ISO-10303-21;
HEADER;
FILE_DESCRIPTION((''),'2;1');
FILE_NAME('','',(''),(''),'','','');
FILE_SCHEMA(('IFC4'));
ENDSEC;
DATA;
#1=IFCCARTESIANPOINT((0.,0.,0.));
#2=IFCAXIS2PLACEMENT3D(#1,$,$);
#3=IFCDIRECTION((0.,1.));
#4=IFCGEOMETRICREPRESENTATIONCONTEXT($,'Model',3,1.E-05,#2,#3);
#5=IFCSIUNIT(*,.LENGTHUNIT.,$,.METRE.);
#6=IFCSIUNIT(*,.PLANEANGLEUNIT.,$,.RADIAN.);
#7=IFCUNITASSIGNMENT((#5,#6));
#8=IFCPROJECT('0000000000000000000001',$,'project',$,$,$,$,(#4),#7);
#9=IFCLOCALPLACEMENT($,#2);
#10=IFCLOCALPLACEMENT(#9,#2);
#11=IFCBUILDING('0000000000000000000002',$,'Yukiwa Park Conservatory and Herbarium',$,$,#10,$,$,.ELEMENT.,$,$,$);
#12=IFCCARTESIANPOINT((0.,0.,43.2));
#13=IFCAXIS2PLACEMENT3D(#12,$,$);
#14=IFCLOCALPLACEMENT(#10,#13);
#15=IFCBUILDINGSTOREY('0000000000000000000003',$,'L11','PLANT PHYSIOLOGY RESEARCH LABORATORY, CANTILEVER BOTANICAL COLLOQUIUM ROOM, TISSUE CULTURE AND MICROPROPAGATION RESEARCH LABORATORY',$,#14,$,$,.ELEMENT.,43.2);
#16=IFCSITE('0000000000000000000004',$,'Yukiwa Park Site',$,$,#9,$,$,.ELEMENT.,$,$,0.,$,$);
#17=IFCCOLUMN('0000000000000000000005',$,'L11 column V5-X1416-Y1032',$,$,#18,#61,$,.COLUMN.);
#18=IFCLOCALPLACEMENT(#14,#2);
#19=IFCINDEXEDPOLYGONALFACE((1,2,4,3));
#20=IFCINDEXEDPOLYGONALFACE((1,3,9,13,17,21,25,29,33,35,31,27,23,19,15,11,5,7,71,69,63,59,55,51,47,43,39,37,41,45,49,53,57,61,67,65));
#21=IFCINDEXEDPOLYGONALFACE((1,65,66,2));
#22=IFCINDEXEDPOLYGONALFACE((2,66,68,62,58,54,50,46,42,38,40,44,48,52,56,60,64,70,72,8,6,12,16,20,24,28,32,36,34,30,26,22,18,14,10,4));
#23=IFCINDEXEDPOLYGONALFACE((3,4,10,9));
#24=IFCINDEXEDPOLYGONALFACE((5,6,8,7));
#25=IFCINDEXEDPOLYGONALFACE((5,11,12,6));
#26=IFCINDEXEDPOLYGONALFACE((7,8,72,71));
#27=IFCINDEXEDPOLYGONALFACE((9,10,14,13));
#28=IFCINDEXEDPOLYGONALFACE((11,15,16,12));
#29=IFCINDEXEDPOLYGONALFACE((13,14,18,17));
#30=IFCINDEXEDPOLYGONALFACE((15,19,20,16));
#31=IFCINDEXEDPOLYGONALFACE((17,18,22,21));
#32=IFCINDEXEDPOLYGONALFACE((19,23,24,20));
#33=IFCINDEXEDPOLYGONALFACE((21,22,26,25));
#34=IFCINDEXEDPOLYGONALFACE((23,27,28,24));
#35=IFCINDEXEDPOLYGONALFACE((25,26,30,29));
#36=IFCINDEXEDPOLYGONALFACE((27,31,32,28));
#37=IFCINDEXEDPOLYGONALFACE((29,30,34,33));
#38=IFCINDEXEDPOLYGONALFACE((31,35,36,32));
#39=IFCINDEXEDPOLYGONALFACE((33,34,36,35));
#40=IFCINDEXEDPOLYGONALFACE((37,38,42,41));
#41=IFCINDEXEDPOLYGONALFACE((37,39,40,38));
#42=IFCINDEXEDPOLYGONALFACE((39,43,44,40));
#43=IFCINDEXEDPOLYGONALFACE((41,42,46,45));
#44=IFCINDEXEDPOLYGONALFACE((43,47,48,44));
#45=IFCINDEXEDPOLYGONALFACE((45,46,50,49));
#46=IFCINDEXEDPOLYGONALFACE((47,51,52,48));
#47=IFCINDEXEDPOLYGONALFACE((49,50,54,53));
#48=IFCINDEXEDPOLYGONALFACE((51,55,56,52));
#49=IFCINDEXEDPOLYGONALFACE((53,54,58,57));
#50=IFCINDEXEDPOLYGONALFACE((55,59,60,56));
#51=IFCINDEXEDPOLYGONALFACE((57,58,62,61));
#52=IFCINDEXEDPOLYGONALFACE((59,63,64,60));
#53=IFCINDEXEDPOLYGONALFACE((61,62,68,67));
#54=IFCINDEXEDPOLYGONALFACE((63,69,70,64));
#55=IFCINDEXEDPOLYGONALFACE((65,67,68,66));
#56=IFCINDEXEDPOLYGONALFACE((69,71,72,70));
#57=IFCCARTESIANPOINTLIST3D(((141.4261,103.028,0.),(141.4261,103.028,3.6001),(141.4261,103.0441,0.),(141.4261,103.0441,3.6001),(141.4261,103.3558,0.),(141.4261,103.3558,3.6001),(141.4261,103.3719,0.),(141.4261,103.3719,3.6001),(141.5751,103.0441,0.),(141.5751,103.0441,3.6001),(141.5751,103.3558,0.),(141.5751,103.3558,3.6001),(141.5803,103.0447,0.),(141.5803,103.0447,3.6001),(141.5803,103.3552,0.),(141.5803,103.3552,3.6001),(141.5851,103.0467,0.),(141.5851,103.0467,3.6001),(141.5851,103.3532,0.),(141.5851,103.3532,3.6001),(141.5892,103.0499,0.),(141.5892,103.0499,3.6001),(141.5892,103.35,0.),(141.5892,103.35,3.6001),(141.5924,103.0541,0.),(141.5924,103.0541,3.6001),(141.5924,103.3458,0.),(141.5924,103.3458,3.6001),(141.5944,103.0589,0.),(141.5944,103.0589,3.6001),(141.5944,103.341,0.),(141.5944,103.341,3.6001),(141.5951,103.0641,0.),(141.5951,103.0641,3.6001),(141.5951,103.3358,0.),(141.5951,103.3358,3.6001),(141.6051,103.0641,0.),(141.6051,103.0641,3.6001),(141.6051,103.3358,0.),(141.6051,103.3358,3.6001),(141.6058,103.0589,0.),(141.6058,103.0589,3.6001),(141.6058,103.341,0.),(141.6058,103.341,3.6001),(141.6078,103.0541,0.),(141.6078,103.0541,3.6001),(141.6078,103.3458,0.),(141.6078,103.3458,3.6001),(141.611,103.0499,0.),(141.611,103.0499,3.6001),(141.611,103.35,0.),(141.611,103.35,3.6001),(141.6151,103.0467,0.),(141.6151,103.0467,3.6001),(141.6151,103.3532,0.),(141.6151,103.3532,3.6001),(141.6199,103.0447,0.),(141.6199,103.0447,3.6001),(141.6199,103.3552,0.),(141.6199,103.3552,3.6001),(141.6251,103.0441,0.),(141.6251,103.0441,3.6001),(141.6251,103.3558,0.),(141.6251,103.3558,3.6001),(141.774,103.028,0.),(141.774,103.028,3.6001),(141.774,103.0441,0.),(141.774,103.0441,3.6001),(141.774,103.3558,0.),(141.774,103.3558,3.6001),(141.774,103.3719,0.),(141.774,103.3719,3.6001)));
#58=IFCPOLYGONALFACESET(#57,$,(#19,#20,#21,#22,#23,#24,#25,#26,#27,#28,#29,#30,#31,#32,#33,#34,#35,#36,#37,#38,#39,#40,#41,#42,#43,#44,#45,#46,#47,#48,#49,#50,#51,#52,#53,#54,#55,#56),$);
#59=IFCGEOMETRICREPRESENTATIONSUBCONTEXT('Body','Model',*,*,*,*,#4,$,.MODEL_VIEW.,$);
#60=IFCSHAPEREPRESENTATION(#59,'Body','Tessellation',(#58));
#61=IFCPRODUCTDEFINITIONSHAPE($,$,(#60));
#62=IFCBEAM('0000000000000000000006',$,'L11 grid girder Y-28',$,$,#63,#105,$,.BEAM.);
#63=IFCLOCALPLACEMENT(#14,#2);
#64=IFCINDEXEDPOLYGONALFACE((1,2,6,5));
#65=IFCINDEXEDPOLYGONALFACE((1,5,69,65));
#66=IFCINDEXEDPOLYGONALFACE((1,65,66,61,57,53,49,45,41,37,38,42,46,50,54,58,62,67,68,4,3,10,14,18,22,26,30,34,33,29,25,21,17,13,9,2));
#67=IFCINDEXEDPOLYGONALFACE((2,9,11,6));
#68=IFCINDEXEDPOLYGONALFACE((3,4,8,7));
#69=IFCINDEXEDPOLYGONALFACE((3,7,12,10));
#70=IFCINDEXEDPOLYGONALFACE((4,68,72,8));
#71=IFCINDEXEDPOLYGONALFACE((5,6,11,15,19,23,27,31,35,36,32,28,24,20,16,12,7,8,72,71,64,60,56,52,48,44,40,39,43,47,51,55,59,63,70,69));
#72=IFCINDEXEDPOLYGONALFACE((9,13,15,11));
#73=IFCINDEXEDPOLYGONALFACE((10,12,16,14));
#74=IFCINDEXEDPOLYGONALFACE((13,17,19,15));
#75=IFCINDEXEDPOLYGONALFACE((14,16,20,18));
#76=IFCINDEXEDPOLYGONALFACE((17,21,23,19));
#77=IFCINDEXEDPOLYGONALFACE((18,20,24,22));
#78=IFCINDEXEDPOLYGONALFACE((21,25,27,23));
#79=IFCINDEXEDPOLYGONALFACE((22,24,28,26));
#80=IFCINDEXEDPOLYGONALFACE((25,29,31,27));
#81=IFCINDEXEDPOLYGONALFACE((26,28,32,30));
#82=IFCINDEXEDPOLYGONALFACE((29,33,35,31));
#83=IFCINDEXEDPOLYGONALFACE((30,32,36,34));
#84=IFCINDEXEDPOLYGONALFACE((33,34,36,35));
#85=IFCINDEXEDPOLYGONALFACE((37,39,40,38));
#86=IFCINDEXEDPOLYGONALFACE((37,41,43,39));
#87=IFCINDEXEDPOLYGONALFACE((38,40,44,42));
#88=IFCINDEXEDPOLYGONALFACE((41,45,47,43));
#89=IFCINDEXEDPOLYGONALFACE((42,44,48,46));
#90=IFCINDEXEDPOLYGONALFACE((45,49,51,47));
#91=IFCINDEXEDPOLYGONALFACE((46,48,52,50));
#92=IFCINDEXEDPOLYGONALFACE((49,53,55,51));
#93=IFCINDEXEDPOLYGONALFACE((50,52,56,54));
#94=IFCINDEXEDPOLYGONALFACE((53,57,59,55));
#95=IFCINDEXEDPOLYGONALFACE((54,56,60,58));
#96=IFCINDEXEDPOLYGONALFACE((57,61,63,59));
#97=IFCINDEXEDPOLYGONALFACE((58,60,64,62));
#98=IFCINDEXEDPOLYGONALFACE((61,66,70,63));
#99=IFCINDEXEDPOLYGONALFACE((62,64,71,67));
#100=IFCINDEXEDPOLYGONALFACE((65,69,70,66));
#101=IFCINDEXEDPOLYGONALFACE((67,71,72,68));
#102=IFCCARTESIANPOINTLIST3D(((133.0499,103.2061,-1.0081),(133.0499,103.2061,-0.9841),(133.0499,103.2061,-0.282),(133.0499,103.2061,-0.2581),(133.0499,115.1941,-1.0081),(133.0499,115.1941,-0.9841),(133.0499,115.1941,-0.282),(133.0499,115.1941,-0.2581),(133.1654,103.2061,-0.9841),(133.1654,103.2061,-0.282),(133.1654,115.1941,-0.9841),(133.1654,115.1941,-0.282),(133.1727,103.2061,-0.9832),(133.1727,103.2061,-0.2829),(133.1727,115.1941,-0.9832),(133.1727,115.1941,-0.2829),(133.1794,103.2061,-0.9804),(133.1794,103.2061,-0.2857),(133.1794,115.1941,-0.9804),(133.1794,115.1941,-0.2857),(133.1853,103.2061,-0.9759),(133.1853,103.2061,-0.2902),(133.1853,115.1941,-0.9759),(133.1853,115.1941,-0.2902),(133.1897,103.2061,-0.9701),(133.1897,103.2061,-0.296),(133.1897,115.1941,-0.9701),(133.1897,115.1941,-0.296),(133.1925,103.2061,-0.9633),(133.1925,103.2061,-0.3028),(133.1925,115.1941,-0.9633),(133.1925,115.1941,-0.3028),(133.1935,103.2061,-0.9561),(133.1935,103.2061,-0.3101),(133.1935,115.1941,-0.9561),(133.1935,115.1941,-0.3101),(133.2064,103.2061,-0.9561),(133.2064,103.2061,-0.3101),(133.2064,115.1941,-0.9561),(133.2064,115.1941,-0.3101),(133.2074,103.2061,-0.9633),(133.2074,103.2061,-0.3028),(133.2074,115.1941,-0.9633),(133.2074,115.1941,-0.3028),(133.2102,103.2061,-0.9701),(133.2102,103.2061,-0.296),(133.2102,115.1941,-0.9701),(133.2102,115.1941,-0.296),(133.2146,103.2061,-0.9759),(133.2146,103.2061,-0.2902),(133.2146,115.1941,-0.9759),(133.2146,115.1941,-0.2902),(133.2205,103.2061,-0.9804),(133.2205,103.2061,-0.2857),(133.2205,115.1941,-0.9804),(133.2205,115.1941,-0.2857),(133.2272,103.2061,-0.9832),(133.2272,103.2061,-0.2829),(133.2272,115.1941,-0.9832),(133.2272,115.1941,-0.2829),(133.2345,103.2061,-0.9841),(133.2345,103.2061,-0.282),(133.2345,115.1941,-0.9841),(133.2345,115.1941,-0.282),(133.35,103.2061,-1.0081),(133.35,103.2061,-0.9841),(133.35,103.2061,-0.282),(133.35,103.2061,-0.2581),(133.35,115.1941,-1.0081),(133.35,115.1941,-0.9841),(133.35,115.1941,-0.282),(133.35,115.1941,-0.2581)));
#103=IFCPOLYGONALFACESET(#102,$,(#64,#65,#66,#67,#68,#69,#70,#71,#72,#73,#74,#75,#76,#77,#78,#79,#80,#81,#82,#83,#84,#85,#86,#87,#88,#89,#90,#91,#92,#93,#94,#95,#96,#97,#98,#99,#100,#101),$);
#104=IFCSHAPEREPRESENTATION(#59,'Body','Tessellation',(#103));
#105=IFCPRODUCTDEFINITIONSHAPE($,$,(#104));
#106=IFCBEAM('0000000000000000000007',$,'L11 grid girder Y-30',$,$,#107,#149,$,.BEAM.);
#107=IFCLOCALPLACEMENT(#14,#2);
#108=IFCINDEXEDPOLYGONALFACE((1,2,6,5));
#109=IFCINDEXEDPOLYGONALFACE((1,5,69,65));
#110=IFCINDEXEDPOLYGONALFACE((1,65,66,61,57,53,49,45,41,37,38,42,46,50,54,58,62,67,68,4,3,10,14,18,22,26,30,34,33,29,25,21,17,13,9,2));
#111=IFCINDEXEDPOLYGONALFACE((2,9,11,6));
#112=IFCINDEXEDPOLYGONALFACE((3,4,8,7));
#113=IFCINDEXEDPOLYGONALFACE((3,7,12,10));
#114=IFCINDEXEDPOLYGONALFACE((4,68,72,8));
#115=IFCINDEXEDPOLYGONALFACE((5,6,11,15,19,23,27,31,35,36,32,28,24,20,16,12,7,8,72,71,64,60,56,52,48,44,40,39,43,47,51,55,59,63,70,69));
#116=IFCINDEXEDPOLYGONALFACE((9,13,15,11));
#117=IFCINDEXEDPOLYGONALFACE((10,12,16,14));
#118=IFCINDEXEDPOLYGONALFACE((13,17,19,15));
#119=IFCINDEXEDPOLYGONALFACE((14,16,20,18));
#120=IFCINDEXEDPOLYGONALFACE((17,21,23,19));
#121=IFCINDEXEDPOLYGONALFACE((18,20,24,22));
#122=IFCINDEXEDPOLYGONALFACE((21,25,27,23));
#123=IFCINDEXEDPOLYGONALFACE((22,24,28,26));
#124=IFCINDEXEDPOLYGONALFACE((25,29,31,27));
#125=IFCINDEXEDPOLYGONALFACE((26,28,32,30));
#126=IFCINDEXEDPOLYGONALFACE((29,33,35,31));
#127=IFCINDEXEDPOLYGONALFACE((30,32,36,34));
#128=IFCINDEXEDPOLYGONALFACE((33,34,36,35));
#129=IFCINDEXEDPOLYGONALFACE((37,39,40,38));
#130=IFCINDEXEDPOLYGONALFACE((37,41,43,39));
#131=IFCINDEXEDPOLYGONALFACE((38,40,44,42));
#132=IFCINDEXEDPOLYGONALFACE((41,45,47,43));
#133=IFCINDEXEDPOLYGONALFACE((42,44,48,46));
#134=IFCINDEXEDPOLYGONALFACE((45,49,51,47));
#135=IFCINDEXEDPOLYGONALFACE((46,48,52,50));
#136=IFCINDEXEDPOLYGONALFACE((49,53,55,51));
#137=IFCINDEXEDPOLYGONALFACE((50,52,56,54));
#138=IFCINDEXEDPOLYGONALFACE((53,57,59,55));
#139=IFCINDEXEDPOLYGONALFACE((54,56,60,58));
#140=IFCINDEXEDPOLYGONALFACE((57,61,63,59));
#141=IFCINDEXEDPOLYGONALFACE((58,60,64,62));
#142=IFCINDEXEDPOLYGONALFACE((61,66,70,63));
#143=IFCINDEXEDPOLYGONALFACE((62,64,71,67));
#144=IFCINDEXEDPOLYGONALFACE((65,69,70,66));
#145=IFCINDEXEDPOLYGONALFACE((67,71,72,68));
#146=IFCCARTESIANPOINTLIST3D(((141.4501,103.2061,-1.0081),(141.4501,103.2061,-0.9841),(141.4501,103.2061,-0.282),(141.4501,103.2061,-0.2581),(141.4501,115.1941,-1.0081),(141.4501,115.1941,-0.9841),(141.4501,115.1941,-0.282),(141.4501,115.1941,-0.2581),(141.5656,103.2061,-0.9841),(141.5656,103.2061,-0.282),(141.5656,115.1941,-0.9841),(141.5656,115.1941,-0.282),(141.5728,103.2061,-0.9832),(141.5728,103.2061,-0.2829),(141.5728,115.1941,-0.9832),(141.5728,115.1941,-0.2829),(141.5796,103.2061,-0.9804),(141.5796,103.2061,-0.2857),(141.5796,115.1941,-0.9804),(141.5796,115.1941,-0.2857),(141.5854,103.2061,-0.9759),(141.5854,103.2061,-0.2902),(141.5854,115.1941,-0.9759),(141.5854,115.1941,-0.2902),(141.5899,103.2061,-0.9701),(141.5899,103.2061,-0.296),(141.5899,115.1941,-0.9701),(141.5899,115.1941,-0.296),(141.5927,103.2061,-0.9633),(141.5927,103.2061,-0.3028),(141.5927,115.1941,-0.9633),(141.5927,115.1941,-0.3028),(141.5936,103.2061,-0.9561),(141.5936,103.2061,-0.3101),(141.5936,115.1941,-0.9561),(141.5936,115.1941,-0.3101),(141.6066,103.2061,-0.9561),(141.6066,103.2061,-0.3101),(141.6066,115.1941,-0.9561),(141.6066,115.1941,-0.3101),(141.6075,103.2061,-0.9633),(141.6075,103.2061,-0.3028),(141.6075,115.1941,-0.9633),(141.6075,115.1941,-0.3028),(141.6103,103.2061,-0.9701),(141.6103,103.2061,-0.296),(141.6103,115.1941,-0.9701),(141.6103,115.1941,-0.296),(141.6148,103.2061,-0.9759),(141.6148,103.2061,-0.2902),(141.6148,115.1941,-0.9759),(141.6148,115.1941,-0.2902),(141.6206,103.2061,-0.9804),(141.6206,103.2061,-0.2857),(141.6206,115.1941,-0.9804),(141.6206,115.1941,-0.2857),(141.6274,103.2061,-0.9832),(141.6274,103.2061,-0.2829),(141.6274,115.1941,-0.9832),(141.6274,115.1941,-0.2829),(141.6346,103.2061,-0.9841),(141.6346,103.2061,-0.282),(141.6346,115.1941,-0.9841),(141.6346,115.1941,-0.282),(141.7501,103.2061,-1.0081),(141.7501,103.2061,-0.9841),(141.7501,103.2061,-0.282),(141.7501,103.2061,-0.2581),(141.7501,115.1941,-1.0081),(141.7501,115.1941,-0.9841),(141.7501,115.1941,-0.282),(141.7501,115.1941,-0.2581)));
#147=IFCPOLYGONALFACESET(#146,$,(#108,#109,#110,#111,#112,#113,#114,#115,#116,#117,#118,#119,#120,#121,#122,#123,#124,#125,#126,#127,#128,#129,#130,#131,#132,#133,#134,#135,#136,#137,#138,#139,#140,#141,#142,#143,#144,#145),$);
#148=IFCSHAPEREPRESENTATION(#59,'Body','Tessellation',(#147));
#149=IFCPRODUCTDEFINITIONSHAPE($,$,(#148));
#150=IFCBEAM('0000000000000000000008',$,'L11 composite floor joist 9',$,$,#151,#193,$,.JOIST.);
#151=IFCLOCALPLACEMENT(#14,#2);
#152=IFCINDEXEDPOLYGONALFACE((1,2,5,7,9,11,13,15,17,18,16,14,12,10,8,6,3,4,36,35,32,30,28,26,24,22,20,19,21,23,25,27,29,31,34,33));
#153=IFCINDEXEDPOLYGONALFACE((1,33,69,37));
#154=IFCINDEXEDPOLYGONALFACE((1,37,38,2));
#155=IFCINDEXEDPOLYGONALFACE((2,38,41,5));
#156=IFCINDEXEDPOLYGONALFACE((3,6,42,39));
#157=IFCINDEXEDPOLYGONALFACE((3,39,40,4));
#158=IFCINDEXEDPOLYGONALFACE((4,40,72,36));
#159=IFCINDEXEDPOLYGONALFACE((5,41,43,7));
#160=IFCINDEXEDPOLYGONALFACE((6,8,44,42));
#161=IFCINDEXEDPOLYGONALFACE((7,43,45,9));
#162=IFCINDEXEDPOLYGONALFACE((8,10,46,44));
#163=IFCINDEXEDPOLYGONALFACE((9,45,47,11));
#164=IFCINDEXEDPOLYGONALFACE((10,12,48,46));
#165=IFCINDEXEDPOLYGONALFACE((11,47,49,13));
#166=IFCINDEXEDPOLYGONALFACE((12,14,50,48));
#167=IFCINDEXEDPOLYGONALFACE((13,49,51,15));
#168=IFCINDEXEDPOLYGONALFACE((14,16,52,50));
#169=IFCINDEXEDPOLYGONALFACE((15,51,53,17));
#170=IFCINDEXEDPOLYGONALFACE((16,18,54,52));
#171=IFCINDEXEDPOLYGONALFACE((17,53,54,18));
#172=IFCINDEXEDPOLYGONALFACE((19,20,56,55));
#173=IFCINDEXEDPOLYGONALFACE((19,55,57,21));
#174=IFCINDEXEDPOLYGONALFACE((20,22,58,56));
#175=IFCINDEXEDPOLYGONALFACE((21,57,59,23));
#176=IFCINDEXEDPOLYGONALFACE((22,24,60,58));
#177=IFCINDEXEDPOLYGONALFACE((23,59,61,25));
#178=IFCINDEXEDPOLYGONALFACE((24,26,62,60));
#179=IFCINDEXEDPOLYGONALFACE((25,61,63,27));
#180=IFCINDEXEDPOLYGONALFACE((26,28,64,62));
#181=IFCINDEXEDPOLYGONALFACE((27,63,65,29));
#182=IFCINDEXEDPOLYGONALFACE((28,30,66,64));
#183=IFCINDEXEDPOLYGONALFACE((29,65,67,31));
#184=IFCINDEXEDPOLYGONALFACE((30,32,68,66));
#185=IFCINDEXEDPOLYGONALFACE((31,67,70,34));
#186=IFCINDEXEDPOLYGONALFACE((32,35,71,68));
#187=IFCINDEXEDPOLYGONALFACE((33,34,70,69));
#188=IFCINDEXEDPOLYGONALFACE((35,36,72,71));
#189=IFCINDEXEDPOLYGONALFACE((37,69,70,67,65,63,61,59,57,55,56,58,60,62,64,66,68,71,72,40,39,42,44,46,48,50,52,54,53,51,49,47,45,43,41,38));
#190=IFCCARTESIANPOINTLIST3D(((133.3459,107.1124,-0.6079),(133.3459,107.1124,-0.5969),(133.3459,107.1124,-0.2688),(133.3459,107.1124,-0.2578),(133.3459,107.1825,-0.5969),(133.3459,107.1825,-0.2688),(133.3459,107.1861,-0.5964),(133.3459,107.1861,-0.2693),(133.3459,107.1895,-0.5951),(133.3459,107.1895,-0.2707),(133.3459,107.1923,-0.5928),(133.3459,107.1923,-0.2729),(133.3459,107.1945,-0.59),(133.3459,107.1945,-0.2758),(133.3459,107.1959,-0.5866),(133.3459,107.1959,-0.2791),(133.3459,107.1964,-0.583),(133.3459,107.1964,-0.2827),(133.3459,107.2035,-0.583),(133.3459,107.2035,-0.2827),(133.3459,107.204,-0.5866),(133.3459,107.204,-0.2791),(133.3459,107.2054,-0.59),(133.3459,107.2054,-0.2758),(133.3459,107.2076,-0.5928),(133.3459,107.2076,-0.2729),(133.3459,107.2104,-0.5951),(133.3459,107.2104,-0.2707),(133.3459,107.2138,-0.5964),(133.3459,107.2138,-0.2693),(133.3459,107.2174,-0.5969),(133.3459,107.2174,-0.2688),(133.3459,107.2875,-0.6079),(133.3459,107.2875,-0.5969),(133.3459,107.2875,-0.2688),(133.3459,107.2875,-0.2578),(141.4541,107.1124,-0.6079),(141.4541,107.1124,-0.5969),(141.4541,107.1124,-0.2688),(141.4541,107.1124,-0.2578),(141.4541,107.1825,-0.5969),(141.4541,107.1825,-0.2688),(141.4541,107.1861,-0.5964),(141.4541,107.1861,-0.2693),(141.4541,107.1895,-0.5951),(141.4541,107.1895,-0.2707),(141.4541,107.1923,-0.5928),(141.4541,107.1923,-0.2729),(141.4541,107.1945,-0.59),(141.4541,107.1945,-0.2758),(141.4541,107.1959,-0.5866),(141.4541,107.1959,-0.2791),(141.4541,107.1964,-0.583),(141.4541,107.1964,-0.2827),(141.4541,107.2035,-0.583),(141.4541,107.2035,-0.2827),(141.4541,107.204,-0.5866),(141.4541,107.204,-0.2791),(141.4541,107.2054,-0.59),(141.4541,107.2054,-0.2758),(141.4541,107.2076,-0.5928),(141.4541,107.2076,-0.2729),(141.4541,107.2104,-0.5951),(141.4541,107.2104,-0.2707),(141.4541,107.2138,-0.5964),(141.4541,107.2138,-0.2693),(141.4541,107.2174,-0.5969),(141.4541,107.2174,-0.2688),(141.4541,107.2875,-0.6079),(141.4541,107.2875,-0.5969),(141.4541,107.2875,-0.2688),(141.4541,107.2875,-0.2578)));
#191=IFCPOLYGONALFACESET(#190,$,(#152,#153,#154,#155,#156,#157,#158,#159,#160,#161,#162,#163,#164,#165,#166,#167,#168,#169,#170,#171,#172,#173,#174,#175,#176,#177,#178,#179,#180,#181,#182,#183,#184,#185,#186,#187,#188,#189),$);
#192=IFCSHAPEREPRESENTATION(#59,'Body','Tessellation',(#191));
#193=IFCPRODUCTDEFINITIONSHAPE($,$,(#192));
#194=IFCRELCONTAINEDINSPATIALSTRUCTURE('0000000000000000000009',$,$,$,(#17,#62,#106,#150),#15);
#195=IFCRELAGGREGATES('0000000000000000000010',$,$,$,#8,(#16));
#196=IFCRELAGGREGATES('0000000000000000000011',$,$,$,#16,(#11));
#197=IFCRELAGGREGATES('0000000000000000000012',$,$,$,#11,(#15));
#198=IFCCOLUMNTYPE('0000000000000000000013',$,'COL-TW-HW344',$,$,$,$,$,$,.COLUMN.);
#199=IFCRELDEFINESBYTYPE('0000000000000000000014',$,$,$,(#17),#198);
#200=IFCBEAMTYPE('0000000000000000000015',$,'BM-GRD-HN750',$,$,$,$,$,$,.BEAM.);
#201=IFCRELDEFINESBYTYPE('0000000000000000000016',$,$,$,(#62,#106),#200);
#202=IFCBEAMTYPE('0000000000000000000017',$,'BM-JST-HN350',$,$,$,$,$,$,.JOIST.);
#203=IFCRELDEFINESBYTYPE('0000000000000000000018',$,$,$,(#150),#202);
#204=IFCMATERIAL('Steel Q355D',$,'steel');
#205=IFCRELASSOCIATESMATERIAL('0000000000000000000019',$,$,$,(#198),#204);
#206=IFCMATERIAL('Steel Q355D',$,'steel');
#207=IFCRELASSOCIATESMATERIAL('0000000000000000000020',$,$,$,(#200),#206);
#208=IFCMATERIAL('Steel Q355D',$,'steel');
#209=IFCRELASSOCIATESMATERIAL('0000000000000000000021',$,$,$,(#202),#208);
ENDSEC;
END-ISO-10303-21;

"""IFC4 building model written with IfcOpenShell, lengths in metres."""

from ifc_helpers import new_model, si_unit, direction, frame, origin, origin_2d, place, context, subcontext, project, spatial, i_section, extrude, material, material_profile, profile_set, type_object, element, save


model = new_model("IFC4")

# Units and contexts
model_context = context("Model", 3, precision=1e-05, world=origin(), true_north=direction((0.0, 1.0)))
body_context = subcontext(model_context, "Body", "Model", "MODEL_VIEW")
ifc_project = project(units=[si_unit("LENGTHUNIT", "METRE"), si_unit("PLANEANGLEUNIT", "RADIAN")], contexts=[model_context])

# Site, building, storey
site_placement = place(None, origin())
site = spatial("IfcSite", under=ifc_project, at=site_placement, Name="Yukiwa Park Site", CompositionType="ELEMENT", RefElevation=0.0)
building_placement = place(site_placement, origin())
building = spatial("IfcBuilding", under=site, at=building_placement, Name="Yukiwa Park Conservatory and Herbarium", CompositionType="ELEMENT")
storey_placement = place(building_placement, frame((0.0, 0.0, 43.2)))
storey = spatial("IfcBuildingStorey", under=building, at=storey_placement, Name="L11", Description="PLANT PHYSIOLOGY RESEARCH LABORATORY, CANTILEVER BOTANICAL COLLOQUIUM ROOM, TISSUE CULTURE AND MICROPROPAGATION RESEARCH LABORATORY", CompositionType="ELEMENT", Elevation=43.2)

# Column
ifc_material_1 = material(Name="Steel Q355D", Category="steel")
ifc_material_profile_1 = material_profile(ifc_material_1, i_section(OverallWidth=0.3479, OverallDepth=0.344, WebThickness=0.01, FlangeThickness=0.0161, FilletRadius=0.02, at=origin_2d()), Name="HW 344x348x10x16")
ifc_profile_set_1 = profile_set([ifc_material_profile_1], Name="Steel Q355D")
column_type_1 = type_object("IfcColumnType", Name="COL-TW-HW344", PredefinedType="COLUMN", material=ifc_profile_set_1)
for number, where, z_axis, x_axis, name in (
    (1, (141.6001, 103.2, 0.0), (0.0, 0.0, 1.0), (1.0, 0.0, 0.0), "L11 column V5-X1416-Y1032"),
):
    element("IfcColumn", number, at=place(storey_placement, frame(where, z_axis=z_axis, x_axis=x_axis)), inside=storey, type_object=column_type_1, Name=name, PredefinedType="COLUMN", context=body_context, shape_type="SweptSolid", body=[
        extrude(i_section(OverallWidth=0.3479, OverallDepth=0.344, WebThickness=0.01, FlangeThickness=0.0161, FilletRadius=0.02, at=origin_2d()), origin(), (0.0, 0.0, 1.0), 3.6001),
    ])

# Beams
ifc_material_2 = material(Name="Steel Q355D", Category="steel")
ifc_material_profile_2 = material_profile(ifc_material_2, i_section(OverallWidth=0.3, OverallDepth=0.75, WebThickness=0.0129, FlangeThickness=0.0239, FilletRadius=0.0281, at=origin_2d()), Name="HN 750x300x13x24")
ifc_profile_set_2 = profile_set([ifc_material_profile_2], Name="Steel Q355D")
beam_type_1 = type_object("IfcBeamType", Name="BM-GRD-HN750", PredefinedType="BEAM", material=ifc_profile_set_2)
for number, where, z_axis, x_axis, name in (
    (2, (133.2, 103.2061, -0.6331), (0.0, 1.0, 0.0), (-1.0, 0.0, 0.0), "L11 grid girder Y-28"),
    (3, (141.6001, 103.2061, -0.6331), (0.0, 1.0, 0.0), (-1.0, 0.0, 0.0), "L11 grid girder Y-30"),
):
    element("IfcBeam", number, at=place(storey_placement, frame(where, z_axis=z_axis, x_axis=x_axis)), inside=storey, type_object=beam_type_1, Name=name, PredefinedType="BEAM", context=body_context, shape_type="SweptSolid", body=[
        extrude(i_section(OverallWidth=0.3, OverallDepth=0.75, WebThickness=0.0129, FlangeThickness=0.0239, FilletRadius=0.0281, at=origin_2d()), origin(), (0.0, 0.0, 1.0), 11.988),
    ])
ifc_material_3 = material(Name="Steel Q355D", Category="steel")
ifc_material_profile_3 = material_profile(ifc_material_3, i_section(OverallWidth=0.175, OverallDepth=0.3501, WebThickness=0.0071, FlangeThickness=0.011, FilletRadius=0.0139, at=origin_2d()), Name="HN 350x175x7x11")
ifc_profile_set_3 = profile_set([ifc_material_profile_3], Name="Steel Q355D")
beam_type_2 = type_object("IfcBeamType", Name="BM-JST-HN350", PredefinedType="JOIST", material=ifc_profile_set_3)
for number, where, z_axis, x_axis, name in (
    (4, (133.3459, 107.2, -0.4329), (1.0, 0.0, 0.0), (0.0, 1.0, 0.0), "L11 composite floor joist 9"),
):
    element("IfcBeam", number, at=place(storey_placement, frame(where, z_axis=z_axis, x_axis=x_axis)), inside=storey, type_object=beam_type_2, Name=name, PredefinedType="JOIST", context=body_context, shape_type="SweptSolid", body=[
        extrude(i_section(OverallWidth=0.175, OverallDepth=0.3501, WebThickness=0.0071, FlangeThickness=0.011, FilletRadius=0.0139, at=origin_2d()), origin(), (0.0, 0.0, 1.0), 8.1082),
    ])

save(model, "model.ifc")
